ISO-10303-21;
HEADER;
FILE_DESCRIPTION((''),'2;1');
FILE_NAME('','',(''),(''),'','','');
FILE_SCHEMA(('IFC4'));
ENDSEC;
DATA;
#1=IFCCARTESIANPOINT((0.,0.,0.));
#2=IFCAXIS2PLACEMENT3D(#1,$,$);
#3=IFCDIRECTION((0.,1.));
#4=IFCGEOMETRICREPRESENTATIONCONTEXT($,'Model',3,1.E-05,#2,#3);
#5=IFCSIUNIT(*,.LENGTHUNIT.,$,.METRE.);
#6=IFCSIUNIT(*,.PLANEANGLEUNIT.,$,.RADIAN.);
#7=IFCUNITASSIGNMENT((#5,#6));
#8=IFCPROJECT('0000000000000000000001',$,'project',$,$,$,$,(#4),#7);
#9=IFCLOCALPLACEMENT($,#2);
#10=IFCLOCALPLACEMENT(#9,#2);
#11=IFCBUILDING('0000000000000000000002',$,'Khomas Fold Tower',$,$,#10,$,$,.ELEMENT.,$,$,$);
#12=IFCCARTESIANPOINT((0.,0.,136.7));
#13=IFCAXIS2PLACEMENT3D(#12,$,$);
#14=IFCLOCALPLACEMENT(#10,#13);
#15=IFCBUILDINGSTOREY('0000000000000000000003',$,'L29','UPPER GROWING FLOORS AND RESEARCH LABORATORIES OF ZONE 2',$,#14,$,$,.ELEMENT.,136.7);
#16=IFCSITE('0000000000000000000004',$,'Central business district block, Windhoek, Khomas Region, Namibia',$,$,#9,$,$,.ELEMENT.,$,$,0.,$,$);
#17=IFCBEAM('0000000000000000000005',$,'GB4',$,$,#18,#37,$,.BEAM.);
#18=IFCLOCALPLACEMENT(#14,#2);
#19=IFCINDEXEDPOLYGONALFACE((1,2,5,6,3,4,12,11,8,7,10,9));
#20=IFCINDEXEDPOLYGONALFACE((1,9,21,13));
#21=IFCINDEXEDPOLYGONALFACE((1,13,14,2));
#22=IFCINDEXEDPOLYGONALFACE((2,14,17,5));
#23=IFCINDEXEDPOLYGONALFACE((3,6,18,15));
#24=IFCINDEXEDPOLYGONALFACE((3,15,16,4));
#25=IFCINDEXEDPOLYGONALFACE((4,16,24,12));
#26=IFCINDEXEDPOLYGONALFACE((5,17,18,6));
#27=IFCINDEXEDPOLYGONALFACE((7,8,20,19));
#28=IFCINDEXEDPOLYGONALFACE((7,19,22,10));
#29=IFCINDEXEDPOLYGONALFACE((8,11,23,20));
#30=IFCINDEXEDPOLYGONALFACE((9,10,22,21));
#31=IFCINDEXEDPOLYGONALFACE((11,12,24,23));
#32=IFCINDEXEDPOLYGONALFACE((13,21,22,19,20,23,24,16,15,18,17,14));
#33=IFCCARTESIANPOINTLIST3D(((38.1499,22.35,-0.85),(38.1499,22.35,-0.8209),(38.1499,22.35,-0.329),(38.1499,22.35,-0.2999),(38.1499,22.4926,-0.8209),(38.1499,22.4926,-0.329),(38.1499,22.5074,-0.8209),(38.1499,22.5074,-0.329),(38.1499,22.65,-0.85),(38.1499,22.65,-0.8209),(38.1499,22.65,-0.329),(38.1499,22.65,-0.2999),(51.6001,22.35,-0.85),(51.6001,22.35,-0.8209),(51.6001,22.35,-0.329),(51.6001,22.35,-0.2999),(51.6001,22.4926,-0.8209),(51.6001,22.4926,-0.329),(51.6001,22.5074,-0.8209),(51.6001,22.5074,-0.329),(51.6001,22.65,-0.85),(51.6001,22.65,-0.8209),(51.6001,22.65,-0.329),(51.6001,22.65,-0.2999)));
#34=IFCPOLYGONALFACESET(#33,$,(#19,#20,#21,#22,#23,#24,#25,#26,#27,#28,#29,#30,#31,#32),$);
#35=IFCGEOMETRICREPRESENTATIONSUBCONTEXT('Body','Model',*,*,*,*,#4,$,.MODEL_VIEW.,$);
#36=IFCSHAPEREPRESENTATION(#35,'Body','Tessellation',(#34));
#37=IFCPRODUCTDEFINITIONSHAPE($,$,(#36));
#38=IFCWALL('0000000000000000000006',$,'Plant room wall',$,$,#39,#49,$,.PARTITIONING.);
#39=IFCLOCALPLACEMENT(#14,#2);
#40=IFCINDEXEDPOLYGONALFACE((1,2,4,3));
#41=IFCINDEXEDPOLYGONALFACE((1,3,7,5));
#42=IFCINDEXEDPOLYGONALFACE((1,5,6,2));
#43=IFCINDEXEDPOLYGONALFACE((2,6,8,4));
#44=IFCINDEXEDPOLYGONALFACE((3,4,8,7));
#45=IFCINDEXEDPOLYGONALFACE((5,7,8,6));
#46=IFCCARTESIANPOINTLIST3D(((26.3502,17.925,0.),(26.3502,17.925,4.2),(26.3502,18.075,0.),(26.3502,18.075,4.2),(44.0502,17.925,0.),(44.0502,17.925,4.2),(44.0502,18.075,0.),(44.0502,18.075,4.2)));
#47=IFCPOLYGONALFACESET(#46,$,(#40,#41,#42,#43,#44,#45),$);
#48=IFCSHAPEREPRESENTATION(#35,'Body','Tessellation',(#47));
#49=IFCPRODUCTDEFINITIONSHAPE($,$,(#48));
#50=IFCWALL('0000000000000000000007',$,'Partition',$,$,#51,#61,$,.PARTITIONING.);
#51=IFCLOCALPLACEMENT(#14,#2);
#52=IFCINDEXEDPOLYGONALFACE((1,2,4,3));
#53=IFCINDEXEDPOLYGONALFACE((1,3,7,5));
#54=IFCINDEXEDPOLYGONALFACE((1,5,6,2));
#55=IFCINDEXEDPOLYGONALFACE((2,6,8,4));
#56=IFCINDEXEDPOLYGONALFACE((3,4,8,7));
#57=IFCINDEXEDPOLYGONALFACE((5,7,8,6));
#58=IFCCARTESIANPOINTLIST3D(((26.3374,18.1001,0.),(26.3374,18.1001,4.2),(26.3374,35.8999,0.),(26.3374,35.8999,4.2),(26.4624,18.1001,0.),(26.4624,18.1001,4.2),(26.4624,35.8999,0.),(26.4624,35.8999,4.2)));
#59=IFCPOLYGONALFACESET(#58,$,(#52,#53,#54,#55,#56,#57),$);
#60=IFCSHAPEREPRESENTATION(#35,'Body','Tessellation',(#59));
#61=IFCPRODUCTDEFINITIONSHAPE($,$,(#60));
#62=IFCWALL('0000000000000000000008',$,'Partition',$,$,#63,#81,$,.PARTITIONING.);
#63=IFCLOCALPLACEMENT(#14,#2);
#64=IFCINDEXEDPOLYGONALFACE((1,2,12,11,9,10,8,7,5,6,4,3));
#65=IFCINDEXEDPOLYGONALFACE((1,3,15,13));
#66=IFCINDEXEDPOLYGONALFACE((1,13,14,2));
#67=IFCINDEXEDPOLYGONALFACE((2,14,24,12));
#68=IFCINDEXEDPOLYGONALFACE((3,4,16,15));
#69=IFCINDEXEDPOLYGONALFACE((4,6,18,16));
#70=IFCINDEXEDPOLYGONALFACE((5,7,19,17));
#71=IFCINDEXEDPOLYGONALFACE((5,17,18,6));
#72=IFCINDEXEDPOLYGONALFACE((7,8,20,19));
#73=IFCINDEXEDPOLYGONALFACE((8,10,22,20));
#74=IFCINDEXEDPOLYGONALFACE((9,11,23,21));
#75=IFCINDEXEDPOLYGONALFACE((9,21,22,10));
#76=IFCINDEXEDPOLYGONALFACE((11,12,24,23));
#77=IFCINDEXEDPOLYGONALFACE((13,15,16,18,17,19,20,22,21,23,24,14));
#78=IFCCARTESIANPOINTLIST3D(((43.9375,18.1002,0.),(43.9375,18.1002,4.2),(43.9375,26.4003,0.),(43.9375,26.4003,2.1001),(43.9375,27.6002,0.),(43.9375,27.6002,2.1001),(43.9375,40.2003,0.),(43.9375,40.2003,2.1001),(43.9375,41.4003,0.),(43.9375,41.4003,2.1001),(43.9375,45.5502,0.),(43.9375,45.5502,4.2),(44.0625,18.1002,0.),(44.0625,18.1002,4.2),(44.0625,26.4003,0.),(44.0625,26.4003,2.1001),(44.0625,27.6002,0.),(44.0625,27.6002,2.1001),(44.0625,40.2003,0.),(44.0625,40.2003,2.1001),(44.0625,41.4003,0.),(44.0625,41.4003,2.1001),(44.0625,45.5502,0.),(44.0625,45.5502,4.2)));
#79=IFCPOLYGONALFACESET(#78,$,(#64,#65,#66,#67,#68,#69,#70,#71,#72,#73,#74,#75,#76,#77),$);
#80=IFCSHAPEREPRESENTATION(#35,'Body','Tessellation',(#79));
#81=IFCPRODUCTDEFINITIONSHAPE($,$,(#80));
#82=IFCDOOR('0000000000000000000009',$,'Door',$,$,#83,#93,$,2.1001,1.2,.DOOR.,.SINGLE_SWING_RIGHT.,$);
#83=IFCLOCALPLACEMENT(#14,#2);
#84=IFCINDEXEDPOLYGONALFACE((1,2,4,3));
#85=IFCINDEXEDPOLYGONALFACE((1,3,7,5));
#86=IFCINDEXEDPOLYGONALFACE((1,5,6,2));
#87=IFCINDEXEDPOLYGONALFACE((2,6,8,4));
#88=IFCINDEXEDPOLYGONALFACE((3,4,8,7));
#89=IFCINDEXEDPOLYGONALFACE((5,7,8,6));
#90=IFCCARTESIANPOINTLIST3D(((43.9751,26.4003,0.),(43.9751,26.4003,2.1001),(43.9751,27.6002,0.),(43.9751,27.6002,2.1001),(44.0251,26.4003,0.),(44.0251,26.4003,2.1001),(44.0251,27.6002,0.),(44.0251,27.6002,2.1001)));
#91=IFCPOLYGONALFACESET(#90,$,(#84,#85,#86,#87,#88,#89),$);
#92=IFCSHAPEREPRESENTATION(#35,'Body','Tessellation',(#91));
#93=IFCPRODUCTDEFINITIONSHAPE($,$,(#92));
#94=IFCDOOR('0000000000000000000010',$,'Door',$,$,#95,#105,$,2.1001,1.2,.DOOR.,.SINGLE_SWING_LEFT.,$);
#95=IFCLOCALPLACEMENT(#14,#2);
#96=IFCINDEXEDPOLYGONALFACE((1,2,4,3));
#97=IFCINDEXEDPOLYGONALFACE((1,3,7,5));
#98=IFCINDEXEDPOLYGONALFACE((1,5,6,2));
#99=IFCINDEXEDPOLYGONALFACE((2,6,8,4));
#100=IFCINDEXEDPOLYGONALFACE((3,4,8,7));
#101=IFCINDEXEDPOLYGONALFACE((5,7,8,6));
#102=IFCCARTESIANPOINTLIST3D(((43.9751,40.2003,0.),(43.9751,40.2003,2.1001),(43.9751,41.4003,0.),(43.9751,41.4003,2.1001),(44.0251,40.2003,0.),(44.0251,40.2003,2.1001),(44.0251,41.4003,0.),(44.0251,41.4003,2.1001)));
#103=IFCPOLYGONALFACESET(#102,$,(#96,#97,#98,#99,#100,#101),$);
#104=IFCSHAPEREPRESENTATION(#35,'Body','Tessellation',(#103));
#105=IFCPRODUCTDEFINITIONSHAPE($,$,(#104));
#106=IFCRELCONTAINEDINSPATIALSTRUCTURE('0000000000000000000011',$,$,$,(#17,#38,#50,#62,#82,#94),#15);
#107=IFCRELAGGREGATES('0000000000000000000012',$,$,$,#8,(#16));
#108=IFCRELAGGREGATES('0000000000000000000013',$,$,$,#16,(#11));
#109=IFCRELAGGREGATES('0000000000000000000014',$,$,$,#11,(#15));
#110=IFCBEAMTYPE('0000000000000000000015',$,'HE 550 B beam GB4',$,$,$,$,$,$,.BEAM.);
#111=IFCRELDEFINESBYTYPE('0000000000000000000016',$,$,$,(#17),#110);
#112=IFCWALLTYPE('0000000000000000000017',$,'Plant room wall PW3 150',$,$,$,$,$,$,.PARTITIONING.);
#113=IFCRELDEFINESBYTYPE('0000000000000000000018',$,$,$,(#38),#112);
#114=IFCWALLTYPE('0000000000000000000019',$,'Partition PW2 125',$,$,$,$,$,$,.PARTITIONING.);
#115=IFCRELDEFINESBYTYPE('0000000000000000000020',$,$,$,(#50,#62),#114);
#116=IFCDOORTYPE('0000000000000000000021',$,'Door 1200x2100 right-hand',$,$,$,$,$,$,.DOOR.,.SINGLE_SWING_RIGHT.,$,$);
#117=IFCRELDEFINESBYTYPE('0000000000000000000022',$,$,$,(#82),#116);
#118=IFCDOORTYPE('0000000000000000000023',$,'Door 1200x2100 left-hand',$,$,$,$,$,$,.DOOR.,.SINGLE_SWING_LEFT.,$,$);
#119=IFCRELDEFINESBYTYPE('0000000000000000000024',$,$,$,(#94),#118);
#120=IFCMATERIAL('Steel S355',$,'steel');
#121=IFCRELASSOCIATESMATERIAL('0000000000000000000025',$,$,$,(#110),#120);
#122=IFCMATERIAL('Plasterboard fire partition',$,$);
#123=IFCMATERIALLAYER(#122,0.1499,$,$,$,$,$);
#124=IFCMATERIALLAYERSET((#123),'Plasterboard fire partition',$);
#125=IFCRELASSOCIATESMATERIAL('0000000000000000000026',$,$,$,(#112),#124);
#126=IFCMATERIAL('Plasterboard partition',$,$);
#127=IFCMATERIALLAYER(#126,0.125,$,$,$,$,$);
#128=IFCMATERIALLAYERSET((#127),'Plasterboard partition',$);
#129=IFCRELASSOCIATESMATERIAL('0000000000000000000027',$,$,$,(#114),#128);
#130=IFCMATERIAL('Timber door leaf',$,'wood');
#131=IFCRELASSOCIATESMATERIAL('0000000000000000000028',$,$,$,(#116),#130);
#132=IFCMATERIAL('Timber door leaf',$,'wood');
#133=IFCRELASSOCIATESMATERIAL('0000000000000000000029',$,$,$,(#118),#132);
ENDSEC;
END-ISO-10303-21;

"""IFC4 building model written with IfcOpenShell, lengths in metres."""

from ifc_helpers import new_model, si_unit, direction, frame, frame_2d, origin, origin_2d, place, context, subcontext, project, spatial, rectangle, i_section, extrude, source, transform, mapped, material, layer, layer_set, material_profile, profile_set, type_object, element, fill, save


model = new_model("IFC4")

# Units and contexts
model_context = context("Model", 3, precision=1e-05, world=origin(), true_north=direction((0.0, 1.0)))
body_context = subcontext(model_context, "Body", "Model", "MODEL_VIEW")
ifc_project = project(units=[si_unit("LENGTHUNIT", "METRE"), si_unit("PLANEANGLEUNIT", "RADIAN")], contexts=[model_context])

# Site, building, storey
site_placement = place(None, origin())
site = spatial("IfcSite", under=ifc_project, at=site_placement, Name="Central business district block, Windhoek, Khomas Region, Namibia", CompositionType="ELEMENT", RefElevation=0.0)
building_placement = place(site_placement, origin())
building = spatial("IfcBuilding", under=site, at=building_placement, Name="Khomas Fold Tower", CompositionType="ELEMENT")
storey_placement = place(building_placement, frame((0.0, 0.0, 136.7)))
storey = spatial("IfcBuildingStorey", under=building, at=storey_placement, Name="L29", Description="UPPER GROWING FLOORS AND RESEARCH LABORATORIES OF ZONE 2", CompositionType="ELEMENT", Elevation=136.7)

# Beam
ifc_material_1 = material(Name="Steel S355", Category="steel")
ifc_material_profile_1 = material_profile(ifc_material_1, i_section(OverallWidth=0.3, OverallDepth=0.55, WebThickness=0.0149, FlangeThickness=0.0291, at=origin_2d()), Name="HE 550 B")
ifc_profile_set_1 = profile_set([ifc_material_profile_1], Name="Steel S355")
beam_type_1 = type_object("IfcBeamType", Name="HE 550 B beam GB4", PredefinedType="BEAM", material=ifc_profile_set_1)
shared_shape_1 = source(origin(), body_context, "Body", "SweptSolid", [
    extrude(i_section(OverallWidth=0.3, OverallDepth=0.55, WebThickness=0.0149, FlangeThickness=0.0291, at=origin_2d()), origin(), (0.0, 0.0, 1.0), 13.4502),
])
beam_placement = place(storey_placement, frame((38.1499, 22.5, -0.575), z_axis=(1.0, 0.0, 0.0), x_axis=(0.0, 1.0, 0.0)))
element("IfcBeam", 1, at=beam_placement, inside=storey, type_object=beam_type_1, Name="GB4", PredefinedType="BEAM", context=body_context, shape_type="MappedRepresentation", body=[
    mapped(shared_shape_1, transform((0.0, 0.0, 0.0))),
])

# Walls
ifc_material_2 = material(Name="Plasterboard fire partition")
ifc_layer_1 = layer(ifc_material_2, 0.1499)
ifc_layer_set_1 = layer_set([ifc_layer_1], Name="Plasterboard fire partition")
wall_type_1 = type_object("IfcWallType", Name="Plant room wall PW3 150", PredefinedType="PARTITIONING", material=ifc_layer_set_1)
shared_shape_2 = source(origin(), body_context, "Body", "SweptSolid", [
    extrude(rectangle(XDim=17.7, YDim=0.1499, at=frame_2d((8.8501, 0.0))), origin(), (0.0, 0.0, 1.0), 4.2),
])
wall_1_placement = place(storey_placement, frame((26.3501, 18.0, 0.0), z_axis=(0.0, 0.0, 1.0), x_axis=(1.0, 0.0, 0.0)))
element("IfcWall", 2, at=wall_1_placement, inside=storey, type_object=wall_type_1, Name="Plant room wall", PredefinedType="PARTITIONING", context=body_context, shape_type="MappedRepresentation", body=[
    mapped(shared_shape_2, transform((0.0, 0.0, 0.0))),
])
ifc_material_3 = material(Name="Plasterboard partition")
ifc_layer_2 = layer(ifc_material_3, 0.125)
ifc_layer_set_2 = layer_set([ifc_layer_2], Name="Plasterboard partition")
wall_type_2 = type_object("IfcWallType", Name="Partition PW2 125", PredefinedType="PARTITIONING", material=ifc_layer_set_2)
shared_shape_3 = source(origin(), body_context, "Body", "SweptSolid", [
    extrude(rectangle(XDim=17.7998, YDim=0.125, at=frame_2d((8.8999, 0.0))), origin(), (0.0, 0.0, 1.0), 4.2),
])
wall_2_placement = place(storey_placement, frame((26.3999, 18.1001, 0.0), z_axis=(0.0, 0.0, 1.0), x_axis=(0.0, 1.0, 0.0)))
element("IfcWall", 3, at=wall_2_placement, inside=storey, type_object=wall_type_2, Name="Partition", PredefinedType="PARTITIONING", context=body_context, shape_type="MappedRepresentation", body=[
    mapped(shared_shape_3, transform((0.0, 0.0, 0.0))),
])

# Wall, openings, doors
shared_shape_4 = source(origin(), body_context, "Body", "SweptSolid", [
    extrude(rectangle(XDim=27.45, YDim=0.125, at=frame_2d((13.7251, 0.0))), origin(), (0.0, 0.0, 1.0), 4.2),
])
wall_3_placement = place(storey_placement, frame((44.0, 18.1001, 0.0), z_axis=(0.0, 0.0, 1.0), x_axis=(0.0, 1.0, 0.0)))
wall_3 = element("IfcWall", 4, at=wall_3_placement, inside=storey, type_object=wall_type_2, Name="Partition", PredefinedType="PARTITIONING", context=body_context, shape_type="MappedRepresentation", body=[
    mapped(shared_shape_4, transform((0.0, 0.0, 0.0))),
])
shared_shape_5 = source(origin(), body_context, "Body", "SweptSolid", [
    extrude(rectangle(XDim=1.2, YDim=2.1001, at=frame_2d((0.6001, 1.05))), frame((0.0, 0.0725, 0.0), z_axis=(0.0, -1.0, 0.0), x_axis=(1.0, 0.0, 0.0)), (0.0, 0.0, 1.0), 0.145),
])
opening_1_placement = place(wall_3_placement, frame((8.3, 0.0, 0.0)))
opening_1 = element("IfcOpeningElement", 5, at=opening_1_placement, cuts=wall_3, PredefinedType="OPENING", context=body_context, shape_type="MappedRepresentation", body=[
    mapped(shared_shape_5, transform((0.0, 0.0, 0.0))),
])
opening_2_placement = place(wall_3_placement, frame((22.1001, 0.0, 0.0)))
opening_2 = element("IfcOpeningElement", 6, at=opening_2_placement, cuts=wall_3, PredefinedType="OPENING", context=body_context, shape_type="MappedRepresentation", body=[
    mapped(shared_shape_5, transform((0.0, 0.0, 0.0))),
])
ifc_material_4 = material(Name="Timber door leaf", Category="wood")
door_type_1 = type_object("IfcDoorType", Name="Door 1200x2100 right-hand", OperationType="SINGLE_SWING_RIGHT", PredefinedType="DOOR", material=ifc_material_4)
shared_shape_6 = source(origin(), body_context, "Body", "SweptSolid", [
    extrude(rectangle(XDim=1.2, YDim=2.1001, at=frame_2d((0.6001, 1.05))), frame((0.0, 0.0249, 0.0), z_axis=(0.0, -1.0, 0.0), x_axis=(1.0, 0.0, 0.0)), (0.0, 0.0, 1.0), 0.05),
])
door_1_placement = place(opening_1_placement, origin())
door_1 = element("IfcDoor", 7, at=door_1_placement, inside=storey, type_object=door_type_1, Name="Door", OperationType="SINGLE_SWING_RIGHT", OverallHeight=2.1001, OverallWidth=1.2, PredefinedType="DOOR", context=body_context, shape_type="MappedRepresentation", body=[
    mapped(shared_shape_6, transform((0.0, 0.0, 0.0))),
])
fill(opening_1, door_1)
ifc_material_5 = material(Name="Timber door leaf", Category="wood")
door_type_2 = type_object("IfcDoorType", Name="Door 1200x2100 left-hand", OperationType="SINGLE_SWING_LEFT", PredefinedType="DOOR", material=ifc_material_5)
door_2_placement = place(opening_2_placement, origin())
door_2 = element("IfcDoor", 8, at=door_2_placement, inside=storey, type_object=door_type_2, Name="Door", OperationType="SINGLE_SWING_LEFT", OverallHeight=2.1001, OverallWidth=1.2, PredefinedType="DOOR", context=body_context, shape_type="MappedRepresentation", body=[
    mapped(shared_shape_6, transform((0.0, 0.0, 0.0))),
])
fill(opening_2, door_2)

save(model, "model.ifc")
